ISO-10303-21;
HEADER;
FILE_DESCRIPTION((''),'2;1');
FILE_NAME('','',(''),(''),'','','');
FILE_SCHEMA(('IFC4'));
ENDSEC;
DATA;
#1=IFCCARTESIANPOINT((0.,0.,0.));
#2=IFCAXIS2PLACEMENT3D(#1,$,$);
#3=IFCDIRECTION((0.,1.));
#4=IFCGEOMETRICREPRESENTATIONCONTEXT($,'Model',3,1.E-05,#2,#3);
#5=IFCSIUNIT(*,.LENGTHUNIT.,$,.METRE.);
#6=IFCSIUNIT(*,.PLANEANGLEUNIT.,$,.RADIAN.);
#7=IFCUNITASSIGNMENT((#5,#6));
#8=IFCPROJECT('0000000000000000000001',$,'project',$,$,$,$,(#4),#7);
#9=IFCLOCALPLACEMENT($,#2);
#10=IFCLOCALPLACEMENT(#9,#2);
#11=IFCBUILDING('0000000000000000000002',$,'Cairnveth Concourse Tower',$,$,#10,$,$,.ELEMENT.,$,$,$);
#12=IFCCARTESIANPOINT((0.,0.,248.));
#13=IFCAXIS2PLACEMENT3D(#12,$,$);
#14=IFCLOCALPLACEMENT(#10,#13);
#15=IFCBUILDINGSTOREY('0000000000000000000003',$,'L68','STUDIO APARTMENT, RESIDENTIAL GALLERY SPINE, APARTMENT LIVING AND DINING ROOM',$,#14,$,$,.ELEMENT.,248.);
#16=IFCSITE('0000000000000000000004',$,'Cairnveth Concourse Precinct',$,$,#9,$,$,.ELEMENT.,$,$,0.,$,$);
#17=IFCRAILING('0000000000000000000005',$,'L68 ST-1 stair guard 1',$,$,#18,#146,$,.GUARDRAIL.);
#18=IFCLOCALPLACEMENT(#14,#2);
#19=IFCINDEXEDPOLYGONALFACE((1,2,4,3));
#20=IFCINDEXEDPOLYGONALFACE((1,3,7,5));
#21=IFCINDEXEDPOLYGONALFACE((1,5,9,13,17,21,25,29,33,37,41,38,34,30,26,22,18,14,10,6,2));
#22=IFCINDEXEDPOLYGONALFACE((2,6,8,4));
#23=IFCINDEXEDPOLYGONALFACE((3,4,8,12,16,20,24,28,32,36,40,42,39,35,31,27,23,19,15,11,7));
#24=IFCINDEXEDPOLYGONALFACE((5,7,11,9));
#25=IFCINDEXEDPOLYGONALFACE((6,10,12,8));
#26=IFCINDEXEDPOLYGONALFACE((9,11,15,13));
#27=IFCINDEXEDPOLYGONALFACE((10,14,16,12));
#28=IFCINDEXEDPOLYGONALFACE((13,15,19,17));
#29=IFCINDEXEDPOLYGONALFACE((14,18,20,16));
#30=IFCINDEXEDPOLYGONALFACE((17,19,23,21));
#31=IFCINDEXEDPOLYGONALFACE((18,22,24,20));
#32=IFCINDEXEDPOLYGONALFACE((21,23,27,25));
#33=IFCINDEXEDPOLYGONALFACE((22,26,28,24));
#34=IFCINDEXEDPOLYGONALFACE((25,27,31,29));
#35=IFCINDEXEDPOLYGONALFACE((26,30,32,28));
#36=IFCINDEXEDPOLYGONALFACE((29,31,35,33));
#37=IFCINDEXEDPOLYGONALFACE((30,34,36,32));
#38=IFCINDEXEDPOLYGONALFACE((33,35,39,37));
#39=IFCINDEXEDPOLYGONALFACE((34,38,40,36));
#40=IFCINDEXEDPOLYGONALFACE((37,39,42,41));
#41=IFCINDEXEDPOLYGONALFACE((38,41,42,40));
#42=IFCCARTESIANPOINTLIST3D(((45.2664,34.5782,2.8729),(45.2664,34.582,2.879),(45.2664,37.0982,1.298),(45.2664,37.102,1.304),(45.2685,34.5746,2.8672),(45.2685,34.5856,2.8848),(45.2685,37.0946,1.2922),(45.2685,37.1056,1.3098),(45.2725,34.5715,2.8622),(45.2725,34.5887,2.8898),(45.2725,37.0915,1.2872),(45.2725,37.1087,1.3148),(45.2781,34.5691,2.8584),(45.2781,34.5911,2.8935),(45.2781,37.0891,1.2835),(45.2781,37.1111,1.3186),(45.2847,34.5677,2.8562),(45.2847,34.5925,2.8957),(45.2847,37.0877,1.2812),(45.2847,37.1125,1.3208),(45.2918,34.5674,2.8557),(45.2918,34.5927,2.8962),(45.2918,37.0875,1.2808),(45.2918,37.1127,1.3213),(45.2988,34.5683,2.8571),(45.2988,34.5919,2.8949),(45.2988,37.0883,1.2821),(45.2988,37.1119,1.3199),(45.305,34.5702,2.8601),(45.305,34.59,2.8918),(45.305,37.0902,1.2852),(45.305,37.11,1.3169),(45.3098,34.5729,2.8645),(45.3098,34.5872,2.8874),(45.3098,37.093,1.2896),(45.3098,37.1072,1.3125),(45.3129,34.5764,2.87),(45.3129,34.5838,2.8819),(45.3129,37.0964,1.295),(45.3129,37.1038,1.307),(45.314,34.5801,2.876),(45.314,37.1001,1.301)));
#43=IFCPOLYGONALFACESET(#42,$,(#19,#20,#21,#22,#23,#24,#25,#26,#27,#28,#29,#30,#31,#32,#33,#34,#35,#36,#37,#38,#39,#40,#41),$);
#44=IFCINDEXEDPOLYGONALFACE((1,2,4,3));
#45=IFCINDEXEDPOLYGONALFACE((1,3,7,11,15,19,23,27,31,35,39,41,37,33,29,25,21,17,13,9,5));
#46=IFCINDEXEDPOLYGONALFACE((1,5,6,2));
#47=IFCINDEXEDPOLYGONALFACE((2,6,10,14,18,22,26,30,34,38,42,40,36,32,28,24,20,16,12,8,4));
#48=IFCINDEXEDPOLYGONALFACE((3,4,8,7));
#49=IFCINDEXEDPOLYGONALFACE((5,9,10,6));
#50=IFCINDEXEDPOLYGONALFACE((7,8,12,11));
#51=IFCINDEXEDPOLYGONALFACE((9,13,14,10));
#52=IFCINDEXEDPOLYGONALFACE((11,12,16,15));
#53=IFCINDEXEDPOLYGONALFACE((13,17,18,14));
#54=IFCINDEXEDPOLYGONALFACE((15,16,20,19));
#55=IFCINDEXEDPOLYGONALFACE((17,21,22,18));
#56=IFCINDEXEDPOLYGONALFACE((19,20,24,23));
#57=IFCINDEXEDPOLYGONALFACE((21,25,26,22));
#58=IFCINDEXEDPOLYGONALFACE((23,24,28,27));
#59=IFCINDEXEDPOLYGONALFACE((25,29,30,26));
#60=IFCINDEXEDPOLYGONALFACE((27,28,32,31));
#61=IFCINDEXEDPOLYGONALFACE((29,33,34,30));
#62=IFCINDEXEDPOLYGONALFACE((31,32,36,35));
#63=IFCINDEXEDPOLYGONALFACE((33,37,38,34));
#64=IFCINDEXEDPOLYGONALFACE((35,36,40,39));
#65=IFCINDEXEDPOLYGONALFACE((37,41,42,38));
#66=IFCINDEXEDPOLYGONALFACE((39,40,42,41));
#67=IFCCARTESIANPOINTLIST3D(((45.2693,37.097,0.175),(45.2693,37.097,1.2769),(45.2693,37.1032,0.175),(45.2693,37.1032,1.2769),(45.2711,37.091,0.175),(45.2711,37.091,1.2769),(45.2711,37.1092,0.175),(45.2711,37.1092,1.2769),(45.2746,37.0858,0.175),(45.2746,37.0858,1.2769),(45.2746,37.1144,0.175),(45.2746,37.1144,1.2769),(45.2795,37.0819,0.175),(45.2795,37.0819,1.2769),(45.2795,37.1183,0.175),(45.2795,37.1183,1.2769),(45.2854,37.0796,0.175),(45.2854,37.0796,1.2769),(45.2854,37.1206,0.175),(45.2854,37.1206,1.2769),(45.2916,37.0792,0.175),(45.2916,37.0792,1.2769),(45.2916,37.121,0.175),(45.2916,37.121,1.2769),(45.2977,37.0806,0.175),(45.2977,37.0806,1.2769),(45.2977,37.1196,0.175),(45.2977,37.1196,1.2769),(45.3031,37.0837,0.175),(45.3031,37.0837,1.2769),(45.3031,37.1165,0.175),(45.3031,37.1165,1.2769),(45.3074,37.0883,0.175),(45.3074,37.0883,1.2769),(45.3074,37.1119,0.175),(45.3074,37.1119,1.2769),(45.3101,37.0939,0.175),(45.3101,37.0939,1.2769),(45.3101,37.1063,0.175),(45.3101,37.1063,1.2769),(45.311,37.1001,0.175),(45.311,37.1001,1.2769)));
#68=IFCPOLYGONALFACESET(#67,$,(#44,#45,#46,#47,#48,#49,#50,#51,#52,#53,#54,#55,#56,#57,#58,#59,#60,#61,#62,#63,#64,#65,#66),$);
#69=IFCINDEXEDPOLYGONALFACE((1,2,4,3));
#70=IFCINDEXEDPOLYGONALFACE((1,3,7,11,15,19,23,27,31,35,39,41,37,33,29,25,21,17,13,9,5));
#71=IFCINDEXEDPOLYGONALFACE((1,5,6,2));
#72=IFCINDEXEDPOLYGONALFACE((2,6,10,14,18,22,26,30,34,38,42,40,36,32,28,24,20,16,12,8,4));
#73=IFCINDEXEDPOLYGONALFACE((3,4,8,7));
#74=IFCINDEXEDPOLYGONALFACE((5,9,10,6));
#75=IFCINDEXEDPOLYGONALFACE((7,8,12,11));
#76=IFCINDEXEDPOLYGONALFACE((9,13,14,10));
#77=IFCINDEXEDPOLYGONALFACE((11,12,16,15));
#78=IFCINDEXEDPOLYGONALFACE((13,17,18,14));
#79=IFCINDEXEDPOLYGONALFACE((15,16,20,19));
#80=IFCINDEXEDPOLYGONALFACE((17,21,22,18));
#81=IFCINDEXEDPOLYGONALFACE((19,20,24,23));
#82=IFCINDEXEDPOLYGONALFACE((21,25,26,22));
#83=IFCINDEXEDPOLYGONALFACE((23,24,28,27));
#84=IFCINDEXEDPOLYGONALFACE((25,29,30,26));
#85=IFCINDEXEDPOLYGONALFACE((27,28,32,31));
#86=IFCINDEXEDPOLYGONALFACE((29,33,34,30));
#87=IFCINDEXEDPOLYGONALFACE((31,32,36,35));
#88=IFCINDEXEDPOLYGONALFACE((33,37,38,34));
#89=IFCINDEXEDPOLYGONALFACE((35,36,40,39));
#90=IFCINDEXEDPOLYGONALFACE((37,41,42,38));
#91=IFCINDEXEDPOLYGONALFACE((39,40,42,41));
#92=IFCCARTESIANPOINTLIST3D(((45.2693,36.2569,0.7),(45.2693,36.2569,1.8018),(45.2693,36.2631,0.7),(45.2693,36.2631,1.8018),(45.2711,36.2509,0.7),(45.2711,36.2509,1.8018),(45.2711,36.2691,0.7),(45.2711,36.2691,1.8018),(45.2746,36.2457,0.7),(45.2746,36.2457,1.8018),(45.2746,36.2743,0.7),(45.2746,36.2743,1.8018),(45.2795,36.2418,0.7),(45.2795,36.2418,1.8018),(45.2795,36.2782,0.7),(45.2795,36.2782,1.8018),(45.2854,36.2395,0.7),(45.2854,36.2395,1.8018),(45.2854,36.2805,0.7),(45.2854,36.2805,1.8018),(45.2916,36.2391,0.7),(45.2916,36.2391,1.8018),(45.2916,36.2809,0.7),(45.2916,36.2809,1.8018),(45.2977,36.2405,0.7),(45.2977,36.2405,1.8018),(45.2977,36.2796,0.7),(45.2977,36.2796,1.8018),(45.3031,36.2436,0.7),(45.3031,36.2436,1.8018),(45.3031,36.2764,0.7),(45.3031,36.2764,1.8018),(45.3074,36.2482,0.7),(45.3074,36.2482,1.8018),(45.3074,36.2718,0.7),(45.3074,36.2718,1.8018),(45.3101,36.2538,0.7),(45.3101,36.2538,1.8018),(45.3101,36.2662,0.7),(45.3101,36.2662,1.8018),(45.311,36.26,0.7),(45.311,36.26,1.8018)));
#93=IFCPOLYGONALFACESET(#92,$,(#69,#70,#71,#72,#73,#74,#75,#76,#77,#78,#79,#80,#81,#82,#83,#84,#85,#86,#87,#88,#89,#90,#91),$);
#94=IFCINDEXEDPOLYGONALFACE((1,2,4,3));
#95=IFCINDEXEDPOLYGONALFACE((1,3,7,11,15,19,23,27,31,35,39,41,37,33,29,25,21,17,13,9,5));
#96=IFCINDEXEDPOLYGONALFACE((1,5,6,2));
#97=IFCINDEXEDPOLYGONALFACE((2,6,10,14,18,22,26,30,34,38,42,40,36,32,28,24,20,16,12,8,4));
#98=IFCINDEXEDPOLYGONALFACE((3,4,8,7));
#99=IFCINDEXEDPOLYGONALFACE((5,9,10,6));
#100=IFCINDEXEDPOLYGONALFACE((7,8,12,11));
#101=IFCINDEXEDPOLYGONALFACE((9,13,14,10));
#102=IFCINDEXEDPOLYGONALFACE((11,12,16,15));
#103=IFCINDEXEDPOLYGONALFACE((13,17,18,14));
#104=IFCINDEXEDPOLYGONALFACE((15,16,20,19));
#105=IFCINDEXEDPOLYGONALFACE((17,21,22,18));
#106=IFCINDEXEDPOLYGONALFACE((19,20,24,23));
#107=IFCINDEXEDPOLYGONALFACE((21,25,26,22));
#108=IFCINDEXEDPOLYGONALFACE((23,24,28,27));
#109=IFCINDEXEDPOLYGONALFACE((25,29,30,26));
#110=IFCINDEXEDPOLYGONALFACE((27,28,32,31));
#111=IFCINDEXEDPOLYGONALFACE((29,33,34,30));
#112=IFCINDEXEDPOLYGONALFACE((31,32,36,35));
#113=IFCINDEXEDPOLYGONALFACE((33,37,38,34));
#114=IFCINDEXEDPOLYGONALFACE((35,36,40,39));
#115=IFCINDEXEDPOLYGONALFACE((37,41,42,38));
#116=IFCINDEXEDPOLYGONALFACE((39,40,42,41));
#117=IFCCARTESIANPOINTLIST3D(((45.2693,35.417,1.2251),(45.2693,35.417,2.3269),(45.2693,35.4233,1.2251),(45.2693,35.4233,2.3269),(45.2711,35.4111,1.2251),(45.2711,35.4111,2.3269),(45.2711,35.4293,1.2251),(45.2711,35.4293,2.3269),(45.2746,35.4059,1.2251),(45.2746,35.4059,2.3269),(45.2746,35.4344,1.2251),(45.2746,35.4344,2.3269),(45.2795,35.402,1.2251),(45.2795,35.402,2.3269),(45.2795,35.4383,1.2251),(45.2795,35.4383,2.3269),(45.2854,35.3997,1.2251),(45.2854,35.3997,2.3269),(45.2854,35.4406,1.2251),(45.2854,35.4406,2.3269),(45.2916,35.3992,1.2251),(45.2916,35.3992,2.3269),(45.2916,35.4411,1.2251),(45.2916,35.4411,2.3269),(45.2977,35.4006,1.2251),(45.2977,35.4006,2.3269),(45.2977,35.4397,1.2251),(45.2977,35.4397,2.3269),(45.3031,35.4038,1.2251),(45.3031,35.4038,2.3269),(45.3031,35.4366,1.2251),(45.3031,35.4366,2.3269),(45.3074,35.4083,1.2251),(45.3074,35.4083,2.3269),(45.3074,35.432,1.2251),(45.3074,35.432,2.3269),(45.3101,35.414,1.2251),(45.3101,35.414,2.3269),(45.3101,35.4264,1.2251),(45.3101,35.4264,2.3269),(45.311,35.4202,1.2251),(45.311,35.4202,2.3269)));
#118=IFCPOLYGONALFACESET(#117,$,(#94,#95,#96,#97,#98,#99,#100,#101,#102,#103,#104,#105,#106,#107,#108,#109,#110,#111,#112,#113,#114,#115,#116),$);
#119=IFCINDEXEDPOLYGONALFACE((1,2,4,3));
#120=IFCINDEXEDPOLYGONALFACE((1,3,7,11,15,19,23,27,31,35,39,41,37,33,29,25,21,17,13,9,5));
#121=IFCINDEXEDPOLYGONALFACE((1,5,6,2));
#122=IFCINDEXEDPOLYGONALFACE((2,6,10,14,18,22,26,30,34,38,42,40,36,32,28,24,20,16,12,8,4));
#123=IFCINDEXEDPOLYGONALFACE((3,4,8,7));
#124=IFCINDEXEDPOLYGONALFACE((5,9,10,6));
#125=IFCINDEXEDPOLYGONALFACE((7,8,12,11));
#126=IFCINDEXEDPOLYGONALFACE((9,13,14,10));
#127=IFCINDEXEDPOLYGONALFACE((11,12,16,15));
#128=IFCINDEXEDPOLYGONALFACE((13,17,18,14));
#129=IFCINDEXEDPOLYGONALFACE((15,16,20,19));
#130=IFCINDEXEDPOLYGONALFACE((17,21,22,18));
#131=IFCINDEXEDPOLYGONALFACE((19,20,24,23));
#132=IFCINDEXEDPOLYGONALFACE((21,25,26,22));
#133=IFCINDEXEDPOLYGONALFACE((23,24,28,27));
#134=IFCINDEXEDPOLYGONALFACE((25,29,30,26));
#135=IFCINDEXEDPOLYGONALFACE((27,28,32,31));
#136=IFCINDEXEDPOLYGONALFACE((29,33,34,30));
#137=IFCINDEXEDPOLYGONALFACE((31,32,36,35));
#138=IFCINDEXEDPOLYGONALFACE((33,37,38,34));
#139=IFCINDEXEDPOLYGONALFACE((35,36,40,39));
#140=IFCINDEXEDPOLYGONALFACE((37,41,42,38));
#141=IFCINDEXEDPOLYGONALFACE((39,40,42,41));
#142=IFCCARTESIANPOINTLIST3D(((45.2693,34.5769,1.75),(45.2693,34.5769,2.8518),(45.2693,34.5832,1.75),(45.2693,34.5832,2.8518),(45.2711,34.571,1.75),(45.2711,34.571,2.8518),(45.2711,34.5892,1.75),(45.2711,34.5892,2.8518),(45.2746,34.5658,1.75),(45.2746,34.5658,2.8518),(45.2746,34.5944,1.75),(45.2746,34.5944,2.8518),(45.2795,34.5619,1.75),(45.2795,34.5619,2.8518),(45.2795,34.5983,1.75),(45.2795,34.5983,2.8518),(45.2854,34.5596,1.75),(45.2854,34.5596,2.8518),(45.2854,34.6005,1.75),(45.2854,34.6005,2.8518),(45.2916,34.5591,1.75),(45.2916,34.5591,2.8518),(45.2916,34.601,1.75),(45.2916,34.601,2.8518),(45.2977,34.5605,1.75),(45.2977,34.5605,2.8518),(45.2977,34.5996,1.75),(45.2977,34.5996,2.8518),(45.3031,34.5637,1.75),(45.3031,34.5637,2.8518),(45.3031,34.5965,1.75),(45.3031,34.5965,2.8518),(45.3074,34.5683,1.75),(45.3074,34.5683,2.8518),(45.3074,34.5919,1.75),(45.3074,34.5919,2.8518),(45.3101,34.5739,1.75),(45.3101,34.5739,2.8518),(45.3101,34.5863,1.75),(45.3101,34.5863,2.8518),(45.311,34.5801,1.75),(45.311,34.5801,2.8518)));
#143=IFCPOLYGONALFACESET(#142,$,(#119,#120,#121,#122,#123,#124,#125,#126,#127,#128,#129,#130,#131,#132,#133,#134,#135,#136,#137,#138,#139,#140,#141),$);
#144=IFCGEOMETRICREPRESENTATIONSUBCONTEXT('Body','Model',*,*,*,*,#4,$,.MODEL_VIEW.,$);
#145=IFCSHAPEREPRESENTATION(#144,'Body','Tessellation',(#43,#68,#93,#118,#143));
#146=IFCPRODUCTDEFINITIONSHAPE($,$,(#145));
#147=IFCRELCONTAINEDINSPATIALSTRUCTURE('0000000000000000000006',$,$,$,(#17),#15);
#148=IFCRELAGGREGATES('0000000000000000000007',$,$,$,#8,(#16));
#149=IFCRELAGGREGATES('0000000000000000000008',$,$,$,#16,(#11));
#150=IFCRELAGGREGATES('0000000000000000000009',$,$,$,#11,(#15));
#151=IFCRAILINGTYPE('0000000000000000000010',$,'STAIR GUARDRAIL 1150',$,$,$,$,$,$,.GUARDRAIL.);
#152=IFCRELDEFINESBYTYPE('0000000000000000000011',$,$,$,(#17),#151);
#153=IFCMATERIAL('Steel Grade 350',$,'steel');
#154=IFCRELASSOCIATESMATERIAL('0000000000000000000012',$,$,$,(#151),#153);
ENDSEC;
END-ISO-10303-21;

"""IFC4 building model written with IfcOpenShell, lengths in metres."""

from ifc_helpers import new_model, si_unit, direction, frame, origin, origin_2d, place, context, subcontext, project, spatial, circle, extrude, material, type_object, element, save


model = new_model("IFC4")

# Units and contexts
model_context = context("Model", 3, precision=1e-05, world=origin(), true_north=direction((0.0, 1.0)))
body_context = subcontext(model_context, "Body", "Model", "MODEL_VIEW")
ifc_project = project(units=[si_unit("LENGTHUNIT", "METRE"), si_unit("PLANEANGLEUNIT", "RADIAN")], contexts=[model_context])

# Site, building, storey
site_placement = place(None, origin())
site = spatial("IfcSite", under=ifc_project, at=site_placement, Name="Cairnveth Concourse Precinct", CompositionType="ELEMENT", RefElevation=0.0)
building_placement = place(site_placement, origin())
building = spatial("IfcBuilding", under=site, at=building_placement, Name="Cairnveth Concourse Tower", CompositionType="ELEMENT")
storey_placement = place(building_placement, frame((0.0, 0.0, 248.0)))
storey = spatial("IfcBuildingStorey", under=building, at=storey_placement, Name="L68", Description="STUDIO APARTMENT, RESIDENTIAL GALLERY SPINE, APARTMENT LIVING AND DINING ROOM", CompositionType="ELEMENT", Elevation=248.0)

# Shared definitions
ifc_material_1 = material(Name="Steel Grade 350", Category="steel")

# Railing
railing_type_1 = type_object("IfcRailingType", Name="STAIR GUARDRAIL 1150", PredefinedType="GUARDRAIL", material=ifc_material_1)
railing_1_placement = place(storey_placement, frame((45.29, 37.1001, 0.175)))
element("IfcRailing", 1, at=railing_1_placement, inside=storey, type_object=railing_type_1, Name="L68 ST-1 stair guard 1", PredefinedType="GUARDRAIL", context=body_context, shape_type="SweptSolid", body=[
    extrude(circle(Radius=0.0239, at=origin_2d()), frame((0.0, 0.0, 1.126), z_axis=(0.0, -0.848008, 0.529984), x_axis=(1.0, 0.0, 0.0)), (0.0, 0.0, 1.0), 2.9717),
    extrude(circle(Radius=0.021, at=origin_2d()), origin(), (0.0, 0.0, 1.0), 1.1018),
    extrude(circle(Radius=0.021, at=origin_2d()), frame((0.0, -0.8401, 0.5249)), (0.0, 0.0, 1.0), 1.1018),
    extrude(circle(Radius=0.021, at=origin_2d()), frame((0.0, -1.6799, 1.05)), (0.0, 0.0, 1.0), 1.1018),
    extrude(circle(Radius=0.021, at=origin_2d()), frame((0.0, -2.52, 1.575)), (0.0, 0.0, 1.0), 1.1018),
])

save(model, "model.ifc")
